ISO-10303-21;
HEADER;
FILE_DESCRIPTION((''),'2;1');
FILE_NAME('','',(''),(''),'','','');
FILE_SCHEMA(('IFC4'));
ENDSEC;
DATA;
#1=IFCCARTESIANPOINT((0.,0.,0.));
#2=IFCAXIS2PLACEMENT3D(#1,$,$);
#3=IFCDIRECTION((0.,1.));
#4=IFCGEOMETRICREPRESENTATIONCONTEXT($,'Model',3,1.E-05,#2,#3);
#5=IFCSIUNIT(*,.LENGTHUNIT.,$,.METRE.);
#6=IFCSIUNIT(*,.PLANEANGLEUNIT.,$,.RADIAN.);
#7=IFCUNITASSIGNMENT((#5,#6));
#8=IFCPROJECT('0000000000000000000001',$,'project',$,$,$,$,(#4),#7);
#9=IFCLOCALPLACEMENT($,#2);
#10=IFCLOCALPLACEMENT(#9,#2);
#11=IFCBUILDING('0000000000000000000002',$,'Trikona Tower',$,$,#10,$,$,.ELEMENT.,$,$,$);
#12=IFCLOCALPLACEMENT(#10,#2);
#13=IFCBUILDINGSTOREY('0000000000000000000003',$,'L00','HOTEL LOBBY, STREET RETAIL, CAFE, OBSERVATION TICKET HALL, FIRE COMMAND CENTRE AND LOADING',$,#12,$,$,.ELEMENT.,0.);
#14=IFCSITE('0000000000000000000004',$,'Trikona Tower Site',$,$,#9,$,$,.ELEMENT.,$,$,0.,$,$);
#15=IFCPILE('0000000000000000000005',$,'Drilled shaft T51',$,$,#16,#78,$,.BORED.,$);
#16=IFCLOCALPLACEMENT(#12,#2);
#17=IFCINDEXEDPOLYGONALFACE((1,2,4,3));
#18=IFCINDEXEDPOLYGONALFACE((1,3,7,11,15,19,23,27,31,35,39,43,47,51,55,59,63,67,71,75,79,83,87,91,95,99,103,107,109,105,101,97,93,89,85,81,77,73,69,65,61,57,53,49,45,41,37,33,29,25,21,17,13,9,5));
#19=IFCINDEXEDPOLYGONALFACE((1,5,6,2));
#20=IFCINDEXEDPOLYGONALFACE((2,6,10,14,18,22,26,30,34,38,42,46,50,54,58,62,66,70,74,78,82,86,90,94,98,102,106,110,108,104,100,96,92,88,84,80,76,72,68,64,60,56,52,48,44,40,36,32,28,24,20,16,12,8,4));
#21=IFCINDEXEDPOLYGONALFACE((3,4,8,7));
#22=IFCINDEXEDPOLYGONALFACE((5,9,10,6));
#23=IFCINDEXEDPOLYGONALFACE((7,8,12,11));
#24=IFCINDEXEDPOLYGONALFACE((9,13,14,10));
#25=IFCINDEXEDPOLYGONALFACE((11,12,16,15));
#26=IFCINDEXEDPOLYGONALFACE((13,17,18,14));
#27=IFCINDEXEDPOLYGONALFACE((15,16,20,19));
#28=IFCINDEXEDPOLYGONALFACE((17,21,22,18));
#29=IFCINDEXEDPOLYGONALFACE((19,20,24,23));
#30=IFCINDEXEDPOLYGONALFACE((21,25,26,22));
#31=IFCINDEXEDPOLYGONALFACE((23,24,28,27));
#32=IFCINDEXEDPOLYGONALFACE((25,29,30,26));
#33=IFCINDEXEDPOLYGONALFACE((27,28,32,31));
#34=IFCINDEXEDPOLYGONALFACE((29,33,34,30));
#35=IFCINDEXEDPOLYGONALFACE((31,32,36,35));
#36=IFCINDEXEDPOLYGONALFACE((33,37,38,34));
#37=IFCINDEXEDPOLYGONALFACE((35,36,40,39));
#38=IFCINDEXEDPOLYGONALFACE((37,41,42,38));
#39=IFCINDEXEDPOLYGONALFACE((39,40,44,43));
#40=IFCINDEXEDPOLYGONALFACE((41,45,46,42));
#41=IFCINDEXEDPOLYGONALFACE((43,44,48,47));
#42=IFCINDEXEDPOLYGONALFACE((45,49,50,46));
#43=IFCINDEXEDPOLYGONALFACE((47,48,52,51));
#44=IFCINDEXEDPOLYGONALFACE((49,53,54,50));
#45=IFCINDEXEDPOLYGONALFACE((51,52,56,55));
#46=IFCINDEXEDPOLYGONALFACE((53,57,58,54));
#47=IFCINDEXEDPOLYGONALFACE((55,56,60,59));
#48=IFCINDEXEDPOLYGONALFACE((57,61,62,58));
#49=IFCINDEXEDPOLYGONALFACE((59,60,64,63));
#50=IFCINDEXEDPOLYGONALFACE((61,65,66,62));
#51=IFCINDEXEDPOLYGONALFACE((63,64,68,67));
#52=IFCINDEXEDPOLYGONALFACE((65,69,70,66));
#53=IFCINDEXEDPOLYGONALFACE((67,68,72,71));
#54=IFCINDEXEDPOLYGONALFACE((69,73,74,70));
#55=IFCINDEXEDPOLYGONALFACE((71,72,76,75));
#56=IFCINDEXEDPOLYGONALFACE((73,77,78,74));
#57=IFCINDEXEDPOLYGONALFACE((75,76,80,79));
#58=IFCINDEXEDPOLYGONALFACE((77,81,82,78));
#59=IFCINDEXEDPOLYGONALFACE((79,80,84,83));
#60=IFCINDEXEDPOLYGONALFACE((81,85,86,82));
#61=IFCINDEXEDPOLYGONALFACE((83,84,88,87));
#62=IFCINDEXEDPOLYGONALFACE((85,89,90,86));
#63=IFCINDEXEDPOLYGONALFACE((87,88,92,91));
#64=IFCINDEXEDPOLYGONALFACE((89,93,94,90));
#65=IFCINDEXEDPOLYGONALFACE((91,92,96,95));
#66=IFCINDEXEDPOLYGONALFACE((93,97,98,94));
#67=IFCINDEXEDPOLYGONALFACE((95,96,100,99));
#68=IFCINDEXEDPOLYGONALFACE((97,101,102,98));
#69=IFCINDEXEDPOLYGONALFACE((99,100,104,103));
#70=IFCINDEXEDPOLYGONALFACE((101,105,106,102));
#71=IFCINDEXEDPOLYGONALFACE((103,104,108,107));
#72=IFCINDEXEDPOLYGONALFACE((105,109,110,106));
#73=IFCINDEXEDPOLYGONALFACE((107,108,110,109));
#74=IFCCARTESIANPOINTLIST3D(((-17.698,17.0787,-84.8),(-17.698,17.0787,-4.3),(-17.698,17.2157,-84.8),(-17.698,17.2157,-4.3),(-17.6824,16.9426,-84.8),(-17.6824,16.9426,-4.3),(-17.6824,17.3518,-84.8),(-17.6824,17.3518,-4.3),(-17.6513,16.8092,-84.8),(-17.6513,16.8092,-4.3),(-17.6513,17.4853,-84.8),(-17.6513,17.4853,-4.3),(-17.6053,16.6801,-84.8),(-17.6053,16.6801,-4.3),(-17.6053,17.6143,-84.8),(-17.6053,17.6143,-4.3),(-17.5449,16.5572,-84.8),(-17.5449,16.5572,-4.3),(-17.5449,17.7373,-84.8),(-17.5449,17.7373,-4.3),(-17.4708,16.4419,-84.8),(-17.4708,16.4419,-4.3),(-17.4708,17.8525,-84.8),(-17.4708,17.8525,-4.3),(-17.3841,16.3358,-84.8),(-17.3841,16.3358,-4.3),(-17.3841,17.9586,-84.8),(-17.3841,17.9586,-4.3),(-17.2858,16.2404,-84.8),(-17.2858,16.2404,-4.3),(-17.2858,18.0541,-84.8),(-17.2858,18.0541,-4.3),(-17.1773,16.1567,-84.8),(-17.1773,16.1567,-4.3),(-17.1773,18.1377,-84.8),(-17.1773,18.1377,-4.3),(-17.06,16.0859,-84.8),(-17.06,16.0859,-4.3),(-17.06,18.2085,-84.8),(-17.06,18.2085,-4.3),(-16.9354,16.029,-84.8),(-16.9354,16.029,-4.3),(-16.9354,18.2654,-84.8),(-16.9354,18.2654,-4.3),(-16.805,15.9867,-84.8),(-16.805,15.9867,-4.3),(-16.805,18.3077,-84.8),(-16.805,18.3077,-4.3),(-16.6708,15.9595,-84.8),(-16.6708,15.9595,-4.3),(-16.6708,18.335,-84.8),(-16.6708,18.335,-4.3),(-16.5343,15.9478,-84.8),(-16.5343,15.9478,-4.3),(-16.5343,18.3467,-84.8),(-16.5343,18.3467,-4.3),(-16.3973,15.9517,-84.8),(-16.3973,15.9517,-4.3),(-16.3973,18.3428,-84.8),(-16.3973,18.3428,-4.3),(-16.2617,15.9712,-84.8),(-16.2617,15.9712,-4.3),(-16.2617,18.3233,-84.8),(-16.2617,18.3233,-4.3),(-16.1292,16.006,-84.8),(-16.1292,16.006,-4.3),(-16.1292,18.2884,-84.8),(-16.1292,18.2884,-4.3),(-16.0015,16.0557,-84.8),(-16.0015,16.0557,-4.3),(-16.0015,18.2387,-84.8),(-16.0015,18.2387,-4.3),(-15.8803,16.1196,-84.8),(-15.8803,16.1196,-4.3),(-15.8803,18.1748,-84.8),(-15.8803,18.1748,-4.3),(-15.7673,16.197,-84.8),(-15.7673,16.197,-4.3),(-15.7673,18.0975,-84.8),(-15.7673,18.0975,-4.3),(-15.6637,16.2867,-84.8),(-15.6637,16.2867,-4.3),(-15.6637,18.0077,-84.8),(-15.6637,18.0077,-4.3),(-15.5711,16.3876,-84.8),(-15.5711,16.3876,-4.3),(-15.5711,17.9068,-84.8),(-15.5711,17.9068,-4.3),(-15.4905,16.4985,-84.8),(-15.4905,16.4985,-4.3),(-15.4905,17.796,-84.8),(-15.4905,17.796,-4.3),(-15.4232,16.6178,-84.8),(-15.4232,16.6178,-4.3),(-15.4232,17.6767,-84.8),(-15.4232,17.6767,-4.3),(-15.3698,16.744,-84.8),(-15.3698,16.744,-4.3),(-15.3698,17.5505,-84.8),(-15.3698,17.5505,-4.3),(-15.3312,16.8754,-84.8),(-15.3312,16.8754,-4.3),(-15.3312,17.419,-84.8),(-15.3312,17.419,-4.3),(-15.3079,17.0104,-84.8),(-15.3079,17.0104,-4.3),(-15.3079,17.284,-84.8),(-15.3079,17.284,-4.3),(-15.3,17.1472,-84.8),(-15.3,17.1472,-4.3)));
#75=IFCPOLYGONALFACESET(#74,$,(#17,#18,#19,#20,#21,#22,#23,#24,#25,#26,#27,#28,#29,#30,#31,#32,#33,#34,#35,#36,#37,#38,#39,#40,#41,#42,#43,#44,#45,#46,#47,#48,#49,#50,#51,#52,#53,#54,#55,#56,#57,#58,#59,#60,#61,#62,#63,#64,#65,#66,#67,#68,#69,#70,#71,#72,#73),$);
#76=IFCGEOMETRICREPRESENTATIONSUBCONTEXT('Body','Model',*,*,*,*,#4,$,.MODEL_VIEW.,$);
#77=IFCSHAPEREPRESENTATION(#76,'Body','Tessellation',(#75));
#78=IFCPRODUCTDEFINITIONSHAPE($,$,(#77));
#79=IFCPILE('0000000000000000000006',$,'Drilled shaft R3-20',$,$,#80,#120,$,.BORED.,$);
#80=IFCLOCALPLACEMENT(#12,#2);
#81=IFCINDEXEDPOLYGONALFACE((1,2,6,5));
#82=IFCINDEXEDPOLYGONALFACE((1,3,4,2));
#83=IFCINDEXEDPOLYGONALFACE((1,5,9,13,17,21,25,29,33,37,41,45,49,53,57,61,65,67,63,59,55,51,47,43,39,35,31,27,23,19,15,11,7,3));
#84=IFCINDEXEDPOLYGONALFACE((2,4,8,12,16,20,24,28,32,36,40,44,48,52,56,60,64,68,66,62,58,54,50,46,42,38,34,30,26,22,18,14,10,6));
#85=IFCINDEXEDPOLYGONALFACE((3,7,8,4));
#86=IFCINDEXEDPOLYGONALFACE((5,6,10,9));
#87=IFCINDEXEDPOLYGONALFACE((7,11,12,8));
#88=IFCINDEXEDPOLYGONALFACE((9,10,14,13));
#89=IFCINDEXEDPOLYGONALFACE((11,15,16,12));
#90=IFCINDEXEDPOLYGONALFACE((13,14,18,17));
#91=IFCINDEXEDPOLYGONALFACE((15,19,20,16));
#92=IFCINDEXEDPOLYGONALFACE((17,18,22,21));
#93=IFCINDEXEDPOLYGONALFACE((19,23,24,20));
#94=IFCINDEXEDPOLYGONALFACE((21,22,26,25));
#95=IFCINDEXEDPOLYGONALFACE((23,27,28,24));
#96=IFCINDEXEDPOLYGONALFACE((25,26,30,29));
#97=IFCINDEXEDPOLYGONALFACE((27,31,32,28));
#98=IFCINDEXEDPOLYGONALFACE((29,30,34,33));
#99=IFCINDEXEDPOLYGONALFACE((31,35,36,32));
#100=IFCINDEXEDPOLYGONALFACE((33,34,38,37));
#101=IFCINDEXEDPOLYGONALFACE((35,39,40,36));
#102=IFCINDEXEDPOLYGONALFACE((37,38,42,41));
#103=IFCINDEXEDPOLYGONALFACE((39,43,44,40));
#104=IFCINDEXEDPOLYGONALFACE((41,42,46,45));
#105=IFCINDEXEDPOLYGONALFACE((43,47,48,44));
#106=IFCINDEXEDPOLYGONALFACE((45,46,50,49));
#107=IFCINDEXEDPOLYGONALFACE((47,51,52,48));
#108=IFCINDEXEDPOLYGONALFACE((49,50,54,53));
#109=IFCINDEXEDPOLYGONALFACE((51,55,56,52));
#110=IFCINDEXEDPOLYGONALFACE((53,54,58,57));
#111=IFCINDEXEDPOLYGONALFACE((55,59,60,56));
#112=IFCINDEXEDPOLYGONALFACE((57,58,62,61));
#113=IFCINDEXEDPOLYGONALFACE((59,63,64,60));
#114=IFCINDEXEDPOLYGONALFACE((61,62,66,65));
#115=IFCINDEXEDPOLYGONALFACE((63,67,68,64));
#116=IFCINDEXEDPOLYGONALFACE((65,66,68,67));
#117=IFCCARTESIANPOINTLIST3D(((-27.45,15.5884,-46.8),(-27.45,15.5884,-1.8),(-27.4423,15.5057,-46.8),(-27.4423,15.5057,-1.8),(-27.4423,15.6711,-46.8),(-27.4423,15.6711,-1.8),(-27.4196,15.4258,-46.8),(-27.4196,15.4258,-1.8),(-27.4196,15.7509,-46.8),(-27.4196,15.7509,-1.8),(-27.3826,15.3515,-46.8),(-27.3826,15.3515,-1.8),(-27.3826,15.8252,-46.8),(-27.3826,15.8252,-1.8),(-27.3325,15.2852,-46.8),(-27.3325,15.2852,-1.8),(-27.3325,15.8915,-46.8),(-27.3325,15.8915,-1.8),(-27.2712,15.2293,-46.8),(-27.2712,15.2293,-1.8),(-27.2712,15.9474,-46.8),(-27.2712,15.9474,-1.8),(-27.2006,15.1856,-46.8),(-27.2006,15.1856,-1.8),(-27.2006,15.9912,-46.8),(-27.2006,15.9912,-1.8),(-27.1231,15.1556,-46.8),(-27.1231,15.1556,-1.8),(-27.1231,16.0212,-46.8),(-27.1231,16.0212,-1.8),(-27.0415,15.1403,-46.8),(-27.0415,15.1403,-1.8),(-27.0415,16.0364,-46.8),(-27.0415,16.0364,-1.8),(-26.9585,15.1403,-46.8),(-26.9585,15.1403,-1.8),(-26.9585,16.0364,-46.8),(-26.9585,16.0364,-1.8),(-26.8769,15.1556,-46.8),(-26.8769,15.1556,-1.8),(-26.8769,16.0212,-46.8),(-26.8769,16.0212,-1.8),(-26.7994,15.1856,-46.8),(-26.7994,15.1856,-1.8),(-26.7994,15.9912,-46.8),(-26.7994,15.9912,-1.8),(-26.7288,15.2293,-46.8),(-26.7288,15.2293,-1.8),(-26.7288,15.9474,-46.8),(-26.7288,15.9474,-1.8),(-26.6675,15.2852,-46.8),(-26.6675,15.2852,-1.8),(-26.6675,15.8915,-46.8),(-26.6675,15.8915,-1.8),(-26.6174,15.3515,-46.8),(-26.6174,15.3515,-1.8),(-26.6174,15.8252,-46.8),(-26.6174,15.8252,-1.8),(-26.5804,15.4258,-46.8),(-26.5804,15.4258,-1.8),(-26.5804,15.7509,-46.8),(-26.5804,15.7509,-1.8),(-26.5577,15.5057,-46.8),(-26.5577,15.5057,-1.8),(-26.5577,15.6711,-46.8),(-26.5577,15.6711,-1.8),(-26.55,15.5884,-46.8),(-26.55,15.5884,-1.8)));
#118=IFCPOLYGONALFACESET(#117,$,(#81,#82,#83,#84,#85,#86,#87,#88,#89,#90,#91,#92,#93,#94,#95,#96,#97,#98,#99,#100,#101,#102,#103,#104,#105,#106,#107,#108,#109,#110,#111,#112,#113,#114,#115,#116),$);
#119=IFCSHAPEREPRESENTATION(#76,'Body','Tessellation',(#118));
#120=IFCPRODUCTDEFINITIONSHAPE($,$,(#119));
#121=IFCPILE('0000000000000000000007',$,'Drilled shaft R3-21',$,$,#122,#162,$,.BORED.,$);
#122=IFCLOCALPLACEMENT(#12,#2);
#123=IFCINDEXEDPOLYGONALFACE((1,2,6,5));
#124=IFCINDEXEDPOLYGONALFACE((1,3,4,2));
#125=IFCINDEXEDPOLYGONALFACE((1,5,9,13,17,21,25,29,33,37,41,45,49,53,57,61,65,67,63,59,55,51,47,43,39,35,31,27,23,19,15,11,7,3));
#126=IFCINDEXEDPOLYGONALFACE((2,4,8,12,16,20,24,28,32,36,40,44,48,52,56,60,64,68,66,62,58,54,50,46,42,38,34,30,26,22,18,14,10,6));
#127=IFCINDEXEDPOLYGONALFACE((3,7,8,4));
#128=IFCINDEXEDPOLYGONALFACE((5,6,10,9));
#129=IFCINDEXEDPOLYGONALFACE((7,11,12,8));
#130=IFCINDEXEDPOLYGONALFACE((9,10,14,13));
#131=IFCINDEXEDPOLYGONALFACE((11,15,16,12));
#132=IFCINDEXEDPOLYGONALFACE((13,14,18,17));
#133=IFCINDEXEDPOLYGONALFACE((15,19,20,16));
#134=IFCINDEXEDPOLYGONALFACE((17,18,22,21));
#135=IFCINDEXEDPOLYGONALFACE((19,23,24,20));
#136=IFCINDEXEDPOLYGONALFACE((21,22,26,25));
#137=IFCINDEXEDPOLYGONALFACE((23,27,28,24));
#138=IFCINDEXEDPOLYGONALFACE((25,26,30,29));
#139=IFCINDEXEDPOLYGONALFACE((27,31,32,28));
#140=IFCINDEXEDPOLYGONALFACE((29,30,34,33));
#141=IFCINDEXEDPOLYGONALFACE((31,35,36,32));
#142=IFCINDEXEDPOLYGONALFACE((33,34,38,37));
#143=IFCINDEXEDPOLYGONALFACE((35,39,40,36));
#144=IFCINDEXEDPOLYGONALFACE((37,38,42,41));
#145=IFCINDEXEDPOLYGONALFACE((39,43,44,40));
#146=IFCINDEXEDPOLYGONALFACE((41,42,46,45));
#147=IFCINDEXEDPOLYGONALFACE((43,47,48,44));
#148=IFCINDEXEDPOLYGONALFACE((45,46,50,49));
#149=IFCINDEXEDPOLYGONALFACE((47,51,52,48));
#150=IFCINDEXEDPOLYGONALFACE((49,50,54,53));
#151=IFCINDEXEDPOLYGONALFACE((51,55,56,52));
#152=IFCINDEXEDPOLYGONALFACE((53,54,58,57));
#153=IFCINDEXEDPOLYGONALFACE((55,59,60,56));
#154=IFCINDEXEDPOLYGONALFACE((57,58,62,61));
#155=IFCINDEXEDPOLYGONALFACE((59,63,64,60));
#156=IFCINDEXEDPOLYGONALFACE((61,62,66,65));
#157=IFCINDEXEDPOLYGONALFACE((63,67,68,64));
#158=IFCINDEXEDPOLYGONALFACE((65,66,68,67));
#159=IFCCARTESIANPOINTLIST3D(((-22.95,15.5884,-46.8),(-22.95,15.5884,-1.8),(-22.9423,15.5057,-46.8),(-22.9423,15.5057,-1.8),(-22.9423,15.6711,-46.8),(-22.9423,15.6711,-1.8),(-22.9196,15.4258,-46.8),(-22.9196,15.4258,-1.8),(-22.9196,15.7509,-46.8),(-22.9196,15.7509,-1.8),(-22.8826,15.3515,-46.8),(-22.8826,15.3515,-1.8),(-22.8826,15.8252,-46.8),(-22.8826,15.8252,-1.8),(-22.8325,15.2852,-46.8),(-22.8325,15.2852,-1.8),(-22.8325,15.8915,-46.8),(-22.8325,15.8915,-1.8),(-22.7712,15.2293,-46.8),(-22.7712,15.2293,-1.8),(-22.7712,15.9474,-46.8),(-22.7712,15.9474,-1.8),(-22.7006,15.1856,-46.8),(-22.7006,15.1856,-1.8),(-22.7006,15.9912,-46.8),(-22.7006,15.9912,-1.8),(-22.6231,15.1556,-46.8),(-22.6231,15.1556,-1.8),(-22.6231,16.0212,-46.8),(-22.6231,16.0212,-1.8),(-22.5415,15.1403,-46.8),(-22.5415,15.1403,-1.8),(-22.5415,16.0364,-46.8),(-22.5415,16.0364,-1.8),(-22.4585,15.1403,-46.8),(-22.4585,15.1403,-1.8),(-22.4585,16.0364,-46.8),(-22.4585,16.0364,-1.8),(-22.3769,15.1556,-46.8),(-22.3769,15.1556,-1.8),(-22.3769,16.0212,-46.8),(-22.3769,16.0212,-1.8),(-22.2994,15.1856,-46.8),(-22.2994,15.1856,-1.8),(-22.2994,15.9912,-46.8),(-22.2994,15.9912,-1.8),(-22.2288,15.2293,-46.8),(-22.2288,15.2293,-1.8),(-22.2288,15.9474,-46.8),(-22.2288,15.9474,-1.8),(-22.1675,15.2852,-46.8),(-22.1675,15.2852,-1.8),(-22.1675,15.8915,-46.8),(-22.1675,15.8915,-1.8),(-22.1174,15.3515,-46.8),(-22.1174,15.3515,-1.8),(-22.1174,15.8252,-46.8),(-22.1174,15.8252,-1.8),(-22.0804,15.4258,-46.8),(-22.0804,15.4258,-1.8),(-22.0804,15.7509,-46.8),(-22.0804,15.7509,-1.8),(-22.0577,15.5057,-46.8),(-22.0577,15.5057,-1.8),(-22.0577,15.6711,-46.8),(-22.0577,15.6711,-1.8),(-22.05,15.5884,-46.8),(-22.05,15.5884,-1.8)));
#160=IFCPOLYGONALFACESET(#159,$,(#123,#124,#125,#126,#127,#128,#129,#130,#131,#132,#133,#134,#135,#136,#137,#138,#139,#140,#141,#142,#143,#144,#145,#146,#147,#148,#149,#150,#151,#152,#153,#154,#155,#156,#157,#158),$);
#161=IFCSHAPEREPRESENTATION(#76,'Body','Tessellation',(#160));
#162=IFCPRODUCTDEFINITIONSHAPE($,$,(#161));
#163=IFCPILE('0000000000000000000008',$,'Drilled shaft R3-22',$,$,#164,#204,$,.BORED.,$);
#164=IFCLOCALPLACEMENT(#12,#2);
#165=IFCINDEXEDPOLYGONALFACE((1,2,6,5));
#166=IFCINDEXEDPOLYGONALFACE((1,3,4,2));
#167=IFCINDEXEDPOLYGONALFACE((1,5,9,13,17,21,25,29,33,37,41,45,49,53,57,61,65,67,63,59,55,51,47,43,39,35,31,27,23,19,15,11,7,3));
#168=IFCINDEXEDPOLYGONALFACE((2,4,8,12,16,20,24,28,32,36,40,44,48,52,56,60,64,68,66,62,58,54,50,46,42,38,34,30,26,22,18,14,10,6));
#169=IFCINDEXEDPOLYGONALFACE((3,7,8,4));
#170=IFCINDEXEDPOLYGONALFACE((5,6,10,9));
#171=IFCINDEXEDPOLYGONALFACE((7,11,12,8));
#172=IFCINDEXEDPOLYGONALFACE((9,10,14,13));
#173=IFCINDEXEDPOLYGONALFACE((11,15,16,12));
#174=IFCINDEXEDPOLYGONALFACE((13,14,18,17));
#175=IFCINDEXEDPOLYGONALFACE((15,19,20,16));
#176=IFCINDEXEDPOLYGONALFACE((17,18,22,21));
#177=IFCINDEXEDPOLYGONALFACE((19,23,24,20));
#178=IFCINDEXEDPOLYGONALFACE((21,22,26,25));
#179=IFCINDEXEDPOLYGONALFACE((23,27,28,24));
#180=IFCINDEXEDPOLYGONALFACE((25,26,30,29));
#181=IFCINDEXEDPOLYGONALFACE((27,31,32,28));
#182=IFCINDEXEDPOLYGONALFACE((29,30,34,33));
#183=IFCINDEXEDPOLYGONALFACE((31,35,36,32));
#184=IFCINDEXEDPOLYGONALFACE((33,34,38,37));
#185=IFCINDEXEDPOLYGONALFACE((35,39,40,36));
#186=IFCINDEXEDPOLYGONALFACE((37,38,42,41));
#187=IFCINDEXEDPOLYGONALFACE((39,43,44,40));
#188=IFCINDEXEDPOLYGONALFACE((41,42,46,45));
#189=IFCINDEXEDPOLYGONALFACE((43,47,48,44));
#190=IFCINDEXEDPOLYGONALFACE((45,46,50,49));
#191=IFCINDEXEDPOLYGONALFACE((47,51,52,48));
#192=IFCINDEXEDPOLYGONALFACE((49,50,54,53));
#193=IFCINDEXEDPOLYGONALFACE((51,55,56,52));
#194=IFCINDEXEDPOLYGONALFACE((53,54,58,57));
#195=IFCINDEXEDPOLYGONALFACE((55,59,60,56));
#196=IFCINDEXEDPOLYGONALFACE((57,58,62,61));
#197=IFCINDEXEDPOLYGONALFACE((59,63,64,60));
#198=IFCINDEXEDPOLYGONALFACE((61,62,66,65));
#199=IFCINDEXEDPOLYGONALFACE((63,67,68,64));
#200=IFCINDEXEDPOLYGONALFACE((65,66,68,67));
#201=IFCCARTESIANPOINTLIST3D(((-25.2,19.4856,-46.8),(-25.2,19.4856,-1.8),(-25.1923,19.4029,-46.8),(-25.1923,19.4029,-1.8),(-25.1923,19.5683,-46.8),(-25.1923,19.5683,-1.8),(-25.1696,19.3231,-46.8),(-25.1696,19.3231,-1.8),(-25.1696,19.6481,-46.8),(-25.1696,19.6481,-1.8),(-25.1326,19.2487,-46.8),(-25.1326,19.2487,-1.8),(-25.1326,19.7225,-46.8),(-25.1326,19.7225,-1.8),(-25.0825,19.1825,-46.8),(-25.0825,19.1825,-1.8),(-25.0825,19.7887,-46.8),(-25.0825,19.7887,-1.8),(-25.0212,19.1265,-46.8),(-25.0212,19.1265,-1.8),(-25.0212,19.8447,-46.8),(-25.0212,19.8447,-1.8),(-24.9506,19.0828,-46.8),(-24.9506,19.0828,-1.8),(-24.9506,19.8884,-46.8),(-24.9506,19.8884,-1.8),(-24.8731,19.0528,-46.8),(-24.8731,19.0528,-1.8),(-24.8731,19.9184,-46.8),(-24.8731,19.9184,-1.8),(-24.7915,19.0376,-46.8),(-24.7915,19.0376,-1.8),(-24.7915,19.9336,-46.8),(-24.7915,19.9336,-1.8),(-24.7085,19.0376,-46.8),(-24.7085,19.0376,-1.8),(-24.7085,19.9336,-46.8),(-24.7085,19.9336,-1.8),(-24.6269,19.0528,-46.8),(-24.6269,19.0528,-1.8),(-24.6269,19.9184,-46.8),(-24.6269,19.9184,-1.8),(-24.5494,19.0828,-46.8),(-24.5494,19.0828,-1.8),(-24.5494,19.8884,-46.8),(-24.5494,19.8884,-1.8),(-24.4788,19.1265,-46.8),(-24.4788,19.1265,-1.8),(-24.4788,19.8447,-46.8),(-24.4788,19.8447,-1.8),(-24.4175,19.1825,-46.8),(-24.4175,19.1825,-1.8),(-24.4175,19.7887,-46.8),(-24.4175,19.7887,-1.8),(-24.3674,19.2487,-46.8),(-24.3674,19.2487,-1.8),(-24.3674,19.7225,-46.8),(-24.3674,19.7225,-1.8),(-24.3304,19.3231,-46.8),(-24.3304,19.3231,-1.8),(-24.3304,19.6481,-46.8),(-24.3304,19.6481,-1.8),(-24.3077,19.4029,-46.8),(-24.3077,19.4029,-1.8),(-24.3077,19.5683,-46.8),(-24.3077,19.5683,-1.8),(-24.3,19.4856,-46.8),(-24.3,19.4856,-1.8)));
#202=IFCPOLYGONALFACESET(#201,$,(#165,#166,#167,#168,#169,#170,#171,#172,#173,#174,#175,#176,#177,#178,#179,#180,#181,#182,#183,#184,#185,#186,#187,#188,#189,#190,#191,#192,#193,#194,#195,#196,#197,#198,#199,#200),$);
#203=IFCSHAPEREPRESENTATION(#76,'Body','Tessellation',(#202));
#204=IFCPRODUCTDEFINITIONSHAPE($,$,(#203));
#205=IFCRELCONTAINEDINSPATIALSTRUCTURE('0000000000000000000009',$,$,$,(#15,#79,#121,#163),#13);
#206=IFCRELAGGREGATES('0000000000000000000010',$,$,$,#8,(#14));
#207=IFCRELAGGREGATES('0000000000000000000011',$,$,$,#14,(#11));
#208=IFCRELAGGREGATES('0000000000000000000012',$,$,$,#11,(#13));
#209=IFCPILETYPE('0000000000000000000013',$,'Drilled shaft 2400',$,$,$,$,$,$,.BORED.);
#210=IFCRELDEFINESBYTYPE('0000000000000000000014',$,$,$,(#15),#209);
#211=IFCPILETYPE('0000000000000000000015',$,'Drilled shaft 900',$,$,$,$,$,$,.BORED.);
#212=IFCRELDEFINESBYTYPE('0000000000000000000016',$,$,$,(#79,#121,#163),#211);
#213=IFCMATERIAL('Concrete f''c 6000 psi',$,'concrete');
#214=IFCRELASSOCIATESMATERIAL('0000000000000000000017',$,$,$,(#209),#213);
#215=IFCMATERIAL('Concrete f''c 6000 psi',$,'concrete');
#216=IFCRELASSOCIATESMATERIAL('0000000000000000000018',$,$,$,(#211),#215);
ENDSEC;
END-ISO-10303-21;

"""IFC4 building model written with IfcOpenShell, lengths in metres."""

from ifc_helpers import new_model, si_unit, direction, frame, origin, origin_2d, place, context, subcontext, project, spatial, circle, extrude, material, type_object, element, save


model = new_model("IFC4")

# Units and contexts
model_context = context("Model", 3, precision=1e-05, world=origin(), true_north=direction((0.0, 1.0)))
body_context = subcontext(model_context, "Body", "Model", "MODEL_VIEW")
ifc_project = project(units=[si_unit("LENGTHUNIT", "METRE"), si_unit("PLANEANGLEUNIT", "RADIAN")], contexts=[model_context])

# Site, building, storey
site_placement = place(None, origin())
site = spatial("IfcSite", under=ifc_project, at=site_placement, Name="Trikona Tower Site", CompositionType="ELEMENT", RefElevation=0.0)
building_placement = place(site_placement, origin())
building = spatial("IfcBuilding", under=site, at=building_placement, Name="Trikona Tower", CompositionType="ELEMENT")
storey_placement = place(building_placement, origin())
storey = spatial("IfcBuildingStorey", under=building, at=storey_placement, Name="L00", Description="HOTEL LOBBY, STREET RETAIL, CAFE, OBSERVATION TICKET HALL, FIRE COMMAND CENTRE AND LOADING", CompositionType="ELEMENT", Elevation=0.0)

# Piles
ifc_material_1 = material(Name="Concrete f'c 6000 psi", Category="concrete")
pile_type_1 = type_object("IfcPileType", Name="Drilled shaft 2400", PredefinedType="BORED", material=ifc_material_1)
pile_placement = place(storey_placement, frame((-16.5, 17.1472, -4.3), z_axis=(0.0, 0.0, -1.0), x_axis=(1.0, 0.0, 0.0)))
element("IfcPile", 1, at=pile_placement, inside=storey, type_object=pile_type_1, Name="Drilled shaft T51", PredefinedType="BORED", context=body_context, shape_type="SweptSolid", body=[
    extrude(circle(Radius=1.2, at=origin_2d()), origin(), (0.0, 0.0, 1.0), 80.5),
])
ifc_material_2 = material(Name="Concrete f'c 6000 psi", Category="concrete")
pile_type_2 = type_object("IfcPileType", Name="Drilled shaft 900", PredefinedType="BORED", material=ifc_material_2)
for number, where, z_axis, x_axis, name in (
    (2, (-27.0, 15.5884, -1.8), (0.0, 0.0, -1.0), (1.0, 0.0, 0.0), "Drilled shaft R3-20"),
    (3, (-22.5, 15.5884, -1.8), (0.0, 0.0, -1.0), (1.0, 0.0, 0.0), "Drilled shaft R3-21"),
    (4, (-24.75, 19.4856, -1.8), (0.0, 0.0, -1.0), (1.0, 0.0, 0.0), "Drilled shaft R3-22"),
):
    element("IfcPile", number, at=place(storey_placement, frame(where, z_axis=z_axis, x_axis=x_axis)), inside=storey, type_object=pile_type_2, Name=name, PredefinedType="BORED", context=body_context, shape_type="SweptSolid", body=[
        extrude(circle(Radius=0.45, at=origin_2d()), origin(), (0.0, 0.0, 1.0), 45.0),
    ])

save(model, "model.ifc")
